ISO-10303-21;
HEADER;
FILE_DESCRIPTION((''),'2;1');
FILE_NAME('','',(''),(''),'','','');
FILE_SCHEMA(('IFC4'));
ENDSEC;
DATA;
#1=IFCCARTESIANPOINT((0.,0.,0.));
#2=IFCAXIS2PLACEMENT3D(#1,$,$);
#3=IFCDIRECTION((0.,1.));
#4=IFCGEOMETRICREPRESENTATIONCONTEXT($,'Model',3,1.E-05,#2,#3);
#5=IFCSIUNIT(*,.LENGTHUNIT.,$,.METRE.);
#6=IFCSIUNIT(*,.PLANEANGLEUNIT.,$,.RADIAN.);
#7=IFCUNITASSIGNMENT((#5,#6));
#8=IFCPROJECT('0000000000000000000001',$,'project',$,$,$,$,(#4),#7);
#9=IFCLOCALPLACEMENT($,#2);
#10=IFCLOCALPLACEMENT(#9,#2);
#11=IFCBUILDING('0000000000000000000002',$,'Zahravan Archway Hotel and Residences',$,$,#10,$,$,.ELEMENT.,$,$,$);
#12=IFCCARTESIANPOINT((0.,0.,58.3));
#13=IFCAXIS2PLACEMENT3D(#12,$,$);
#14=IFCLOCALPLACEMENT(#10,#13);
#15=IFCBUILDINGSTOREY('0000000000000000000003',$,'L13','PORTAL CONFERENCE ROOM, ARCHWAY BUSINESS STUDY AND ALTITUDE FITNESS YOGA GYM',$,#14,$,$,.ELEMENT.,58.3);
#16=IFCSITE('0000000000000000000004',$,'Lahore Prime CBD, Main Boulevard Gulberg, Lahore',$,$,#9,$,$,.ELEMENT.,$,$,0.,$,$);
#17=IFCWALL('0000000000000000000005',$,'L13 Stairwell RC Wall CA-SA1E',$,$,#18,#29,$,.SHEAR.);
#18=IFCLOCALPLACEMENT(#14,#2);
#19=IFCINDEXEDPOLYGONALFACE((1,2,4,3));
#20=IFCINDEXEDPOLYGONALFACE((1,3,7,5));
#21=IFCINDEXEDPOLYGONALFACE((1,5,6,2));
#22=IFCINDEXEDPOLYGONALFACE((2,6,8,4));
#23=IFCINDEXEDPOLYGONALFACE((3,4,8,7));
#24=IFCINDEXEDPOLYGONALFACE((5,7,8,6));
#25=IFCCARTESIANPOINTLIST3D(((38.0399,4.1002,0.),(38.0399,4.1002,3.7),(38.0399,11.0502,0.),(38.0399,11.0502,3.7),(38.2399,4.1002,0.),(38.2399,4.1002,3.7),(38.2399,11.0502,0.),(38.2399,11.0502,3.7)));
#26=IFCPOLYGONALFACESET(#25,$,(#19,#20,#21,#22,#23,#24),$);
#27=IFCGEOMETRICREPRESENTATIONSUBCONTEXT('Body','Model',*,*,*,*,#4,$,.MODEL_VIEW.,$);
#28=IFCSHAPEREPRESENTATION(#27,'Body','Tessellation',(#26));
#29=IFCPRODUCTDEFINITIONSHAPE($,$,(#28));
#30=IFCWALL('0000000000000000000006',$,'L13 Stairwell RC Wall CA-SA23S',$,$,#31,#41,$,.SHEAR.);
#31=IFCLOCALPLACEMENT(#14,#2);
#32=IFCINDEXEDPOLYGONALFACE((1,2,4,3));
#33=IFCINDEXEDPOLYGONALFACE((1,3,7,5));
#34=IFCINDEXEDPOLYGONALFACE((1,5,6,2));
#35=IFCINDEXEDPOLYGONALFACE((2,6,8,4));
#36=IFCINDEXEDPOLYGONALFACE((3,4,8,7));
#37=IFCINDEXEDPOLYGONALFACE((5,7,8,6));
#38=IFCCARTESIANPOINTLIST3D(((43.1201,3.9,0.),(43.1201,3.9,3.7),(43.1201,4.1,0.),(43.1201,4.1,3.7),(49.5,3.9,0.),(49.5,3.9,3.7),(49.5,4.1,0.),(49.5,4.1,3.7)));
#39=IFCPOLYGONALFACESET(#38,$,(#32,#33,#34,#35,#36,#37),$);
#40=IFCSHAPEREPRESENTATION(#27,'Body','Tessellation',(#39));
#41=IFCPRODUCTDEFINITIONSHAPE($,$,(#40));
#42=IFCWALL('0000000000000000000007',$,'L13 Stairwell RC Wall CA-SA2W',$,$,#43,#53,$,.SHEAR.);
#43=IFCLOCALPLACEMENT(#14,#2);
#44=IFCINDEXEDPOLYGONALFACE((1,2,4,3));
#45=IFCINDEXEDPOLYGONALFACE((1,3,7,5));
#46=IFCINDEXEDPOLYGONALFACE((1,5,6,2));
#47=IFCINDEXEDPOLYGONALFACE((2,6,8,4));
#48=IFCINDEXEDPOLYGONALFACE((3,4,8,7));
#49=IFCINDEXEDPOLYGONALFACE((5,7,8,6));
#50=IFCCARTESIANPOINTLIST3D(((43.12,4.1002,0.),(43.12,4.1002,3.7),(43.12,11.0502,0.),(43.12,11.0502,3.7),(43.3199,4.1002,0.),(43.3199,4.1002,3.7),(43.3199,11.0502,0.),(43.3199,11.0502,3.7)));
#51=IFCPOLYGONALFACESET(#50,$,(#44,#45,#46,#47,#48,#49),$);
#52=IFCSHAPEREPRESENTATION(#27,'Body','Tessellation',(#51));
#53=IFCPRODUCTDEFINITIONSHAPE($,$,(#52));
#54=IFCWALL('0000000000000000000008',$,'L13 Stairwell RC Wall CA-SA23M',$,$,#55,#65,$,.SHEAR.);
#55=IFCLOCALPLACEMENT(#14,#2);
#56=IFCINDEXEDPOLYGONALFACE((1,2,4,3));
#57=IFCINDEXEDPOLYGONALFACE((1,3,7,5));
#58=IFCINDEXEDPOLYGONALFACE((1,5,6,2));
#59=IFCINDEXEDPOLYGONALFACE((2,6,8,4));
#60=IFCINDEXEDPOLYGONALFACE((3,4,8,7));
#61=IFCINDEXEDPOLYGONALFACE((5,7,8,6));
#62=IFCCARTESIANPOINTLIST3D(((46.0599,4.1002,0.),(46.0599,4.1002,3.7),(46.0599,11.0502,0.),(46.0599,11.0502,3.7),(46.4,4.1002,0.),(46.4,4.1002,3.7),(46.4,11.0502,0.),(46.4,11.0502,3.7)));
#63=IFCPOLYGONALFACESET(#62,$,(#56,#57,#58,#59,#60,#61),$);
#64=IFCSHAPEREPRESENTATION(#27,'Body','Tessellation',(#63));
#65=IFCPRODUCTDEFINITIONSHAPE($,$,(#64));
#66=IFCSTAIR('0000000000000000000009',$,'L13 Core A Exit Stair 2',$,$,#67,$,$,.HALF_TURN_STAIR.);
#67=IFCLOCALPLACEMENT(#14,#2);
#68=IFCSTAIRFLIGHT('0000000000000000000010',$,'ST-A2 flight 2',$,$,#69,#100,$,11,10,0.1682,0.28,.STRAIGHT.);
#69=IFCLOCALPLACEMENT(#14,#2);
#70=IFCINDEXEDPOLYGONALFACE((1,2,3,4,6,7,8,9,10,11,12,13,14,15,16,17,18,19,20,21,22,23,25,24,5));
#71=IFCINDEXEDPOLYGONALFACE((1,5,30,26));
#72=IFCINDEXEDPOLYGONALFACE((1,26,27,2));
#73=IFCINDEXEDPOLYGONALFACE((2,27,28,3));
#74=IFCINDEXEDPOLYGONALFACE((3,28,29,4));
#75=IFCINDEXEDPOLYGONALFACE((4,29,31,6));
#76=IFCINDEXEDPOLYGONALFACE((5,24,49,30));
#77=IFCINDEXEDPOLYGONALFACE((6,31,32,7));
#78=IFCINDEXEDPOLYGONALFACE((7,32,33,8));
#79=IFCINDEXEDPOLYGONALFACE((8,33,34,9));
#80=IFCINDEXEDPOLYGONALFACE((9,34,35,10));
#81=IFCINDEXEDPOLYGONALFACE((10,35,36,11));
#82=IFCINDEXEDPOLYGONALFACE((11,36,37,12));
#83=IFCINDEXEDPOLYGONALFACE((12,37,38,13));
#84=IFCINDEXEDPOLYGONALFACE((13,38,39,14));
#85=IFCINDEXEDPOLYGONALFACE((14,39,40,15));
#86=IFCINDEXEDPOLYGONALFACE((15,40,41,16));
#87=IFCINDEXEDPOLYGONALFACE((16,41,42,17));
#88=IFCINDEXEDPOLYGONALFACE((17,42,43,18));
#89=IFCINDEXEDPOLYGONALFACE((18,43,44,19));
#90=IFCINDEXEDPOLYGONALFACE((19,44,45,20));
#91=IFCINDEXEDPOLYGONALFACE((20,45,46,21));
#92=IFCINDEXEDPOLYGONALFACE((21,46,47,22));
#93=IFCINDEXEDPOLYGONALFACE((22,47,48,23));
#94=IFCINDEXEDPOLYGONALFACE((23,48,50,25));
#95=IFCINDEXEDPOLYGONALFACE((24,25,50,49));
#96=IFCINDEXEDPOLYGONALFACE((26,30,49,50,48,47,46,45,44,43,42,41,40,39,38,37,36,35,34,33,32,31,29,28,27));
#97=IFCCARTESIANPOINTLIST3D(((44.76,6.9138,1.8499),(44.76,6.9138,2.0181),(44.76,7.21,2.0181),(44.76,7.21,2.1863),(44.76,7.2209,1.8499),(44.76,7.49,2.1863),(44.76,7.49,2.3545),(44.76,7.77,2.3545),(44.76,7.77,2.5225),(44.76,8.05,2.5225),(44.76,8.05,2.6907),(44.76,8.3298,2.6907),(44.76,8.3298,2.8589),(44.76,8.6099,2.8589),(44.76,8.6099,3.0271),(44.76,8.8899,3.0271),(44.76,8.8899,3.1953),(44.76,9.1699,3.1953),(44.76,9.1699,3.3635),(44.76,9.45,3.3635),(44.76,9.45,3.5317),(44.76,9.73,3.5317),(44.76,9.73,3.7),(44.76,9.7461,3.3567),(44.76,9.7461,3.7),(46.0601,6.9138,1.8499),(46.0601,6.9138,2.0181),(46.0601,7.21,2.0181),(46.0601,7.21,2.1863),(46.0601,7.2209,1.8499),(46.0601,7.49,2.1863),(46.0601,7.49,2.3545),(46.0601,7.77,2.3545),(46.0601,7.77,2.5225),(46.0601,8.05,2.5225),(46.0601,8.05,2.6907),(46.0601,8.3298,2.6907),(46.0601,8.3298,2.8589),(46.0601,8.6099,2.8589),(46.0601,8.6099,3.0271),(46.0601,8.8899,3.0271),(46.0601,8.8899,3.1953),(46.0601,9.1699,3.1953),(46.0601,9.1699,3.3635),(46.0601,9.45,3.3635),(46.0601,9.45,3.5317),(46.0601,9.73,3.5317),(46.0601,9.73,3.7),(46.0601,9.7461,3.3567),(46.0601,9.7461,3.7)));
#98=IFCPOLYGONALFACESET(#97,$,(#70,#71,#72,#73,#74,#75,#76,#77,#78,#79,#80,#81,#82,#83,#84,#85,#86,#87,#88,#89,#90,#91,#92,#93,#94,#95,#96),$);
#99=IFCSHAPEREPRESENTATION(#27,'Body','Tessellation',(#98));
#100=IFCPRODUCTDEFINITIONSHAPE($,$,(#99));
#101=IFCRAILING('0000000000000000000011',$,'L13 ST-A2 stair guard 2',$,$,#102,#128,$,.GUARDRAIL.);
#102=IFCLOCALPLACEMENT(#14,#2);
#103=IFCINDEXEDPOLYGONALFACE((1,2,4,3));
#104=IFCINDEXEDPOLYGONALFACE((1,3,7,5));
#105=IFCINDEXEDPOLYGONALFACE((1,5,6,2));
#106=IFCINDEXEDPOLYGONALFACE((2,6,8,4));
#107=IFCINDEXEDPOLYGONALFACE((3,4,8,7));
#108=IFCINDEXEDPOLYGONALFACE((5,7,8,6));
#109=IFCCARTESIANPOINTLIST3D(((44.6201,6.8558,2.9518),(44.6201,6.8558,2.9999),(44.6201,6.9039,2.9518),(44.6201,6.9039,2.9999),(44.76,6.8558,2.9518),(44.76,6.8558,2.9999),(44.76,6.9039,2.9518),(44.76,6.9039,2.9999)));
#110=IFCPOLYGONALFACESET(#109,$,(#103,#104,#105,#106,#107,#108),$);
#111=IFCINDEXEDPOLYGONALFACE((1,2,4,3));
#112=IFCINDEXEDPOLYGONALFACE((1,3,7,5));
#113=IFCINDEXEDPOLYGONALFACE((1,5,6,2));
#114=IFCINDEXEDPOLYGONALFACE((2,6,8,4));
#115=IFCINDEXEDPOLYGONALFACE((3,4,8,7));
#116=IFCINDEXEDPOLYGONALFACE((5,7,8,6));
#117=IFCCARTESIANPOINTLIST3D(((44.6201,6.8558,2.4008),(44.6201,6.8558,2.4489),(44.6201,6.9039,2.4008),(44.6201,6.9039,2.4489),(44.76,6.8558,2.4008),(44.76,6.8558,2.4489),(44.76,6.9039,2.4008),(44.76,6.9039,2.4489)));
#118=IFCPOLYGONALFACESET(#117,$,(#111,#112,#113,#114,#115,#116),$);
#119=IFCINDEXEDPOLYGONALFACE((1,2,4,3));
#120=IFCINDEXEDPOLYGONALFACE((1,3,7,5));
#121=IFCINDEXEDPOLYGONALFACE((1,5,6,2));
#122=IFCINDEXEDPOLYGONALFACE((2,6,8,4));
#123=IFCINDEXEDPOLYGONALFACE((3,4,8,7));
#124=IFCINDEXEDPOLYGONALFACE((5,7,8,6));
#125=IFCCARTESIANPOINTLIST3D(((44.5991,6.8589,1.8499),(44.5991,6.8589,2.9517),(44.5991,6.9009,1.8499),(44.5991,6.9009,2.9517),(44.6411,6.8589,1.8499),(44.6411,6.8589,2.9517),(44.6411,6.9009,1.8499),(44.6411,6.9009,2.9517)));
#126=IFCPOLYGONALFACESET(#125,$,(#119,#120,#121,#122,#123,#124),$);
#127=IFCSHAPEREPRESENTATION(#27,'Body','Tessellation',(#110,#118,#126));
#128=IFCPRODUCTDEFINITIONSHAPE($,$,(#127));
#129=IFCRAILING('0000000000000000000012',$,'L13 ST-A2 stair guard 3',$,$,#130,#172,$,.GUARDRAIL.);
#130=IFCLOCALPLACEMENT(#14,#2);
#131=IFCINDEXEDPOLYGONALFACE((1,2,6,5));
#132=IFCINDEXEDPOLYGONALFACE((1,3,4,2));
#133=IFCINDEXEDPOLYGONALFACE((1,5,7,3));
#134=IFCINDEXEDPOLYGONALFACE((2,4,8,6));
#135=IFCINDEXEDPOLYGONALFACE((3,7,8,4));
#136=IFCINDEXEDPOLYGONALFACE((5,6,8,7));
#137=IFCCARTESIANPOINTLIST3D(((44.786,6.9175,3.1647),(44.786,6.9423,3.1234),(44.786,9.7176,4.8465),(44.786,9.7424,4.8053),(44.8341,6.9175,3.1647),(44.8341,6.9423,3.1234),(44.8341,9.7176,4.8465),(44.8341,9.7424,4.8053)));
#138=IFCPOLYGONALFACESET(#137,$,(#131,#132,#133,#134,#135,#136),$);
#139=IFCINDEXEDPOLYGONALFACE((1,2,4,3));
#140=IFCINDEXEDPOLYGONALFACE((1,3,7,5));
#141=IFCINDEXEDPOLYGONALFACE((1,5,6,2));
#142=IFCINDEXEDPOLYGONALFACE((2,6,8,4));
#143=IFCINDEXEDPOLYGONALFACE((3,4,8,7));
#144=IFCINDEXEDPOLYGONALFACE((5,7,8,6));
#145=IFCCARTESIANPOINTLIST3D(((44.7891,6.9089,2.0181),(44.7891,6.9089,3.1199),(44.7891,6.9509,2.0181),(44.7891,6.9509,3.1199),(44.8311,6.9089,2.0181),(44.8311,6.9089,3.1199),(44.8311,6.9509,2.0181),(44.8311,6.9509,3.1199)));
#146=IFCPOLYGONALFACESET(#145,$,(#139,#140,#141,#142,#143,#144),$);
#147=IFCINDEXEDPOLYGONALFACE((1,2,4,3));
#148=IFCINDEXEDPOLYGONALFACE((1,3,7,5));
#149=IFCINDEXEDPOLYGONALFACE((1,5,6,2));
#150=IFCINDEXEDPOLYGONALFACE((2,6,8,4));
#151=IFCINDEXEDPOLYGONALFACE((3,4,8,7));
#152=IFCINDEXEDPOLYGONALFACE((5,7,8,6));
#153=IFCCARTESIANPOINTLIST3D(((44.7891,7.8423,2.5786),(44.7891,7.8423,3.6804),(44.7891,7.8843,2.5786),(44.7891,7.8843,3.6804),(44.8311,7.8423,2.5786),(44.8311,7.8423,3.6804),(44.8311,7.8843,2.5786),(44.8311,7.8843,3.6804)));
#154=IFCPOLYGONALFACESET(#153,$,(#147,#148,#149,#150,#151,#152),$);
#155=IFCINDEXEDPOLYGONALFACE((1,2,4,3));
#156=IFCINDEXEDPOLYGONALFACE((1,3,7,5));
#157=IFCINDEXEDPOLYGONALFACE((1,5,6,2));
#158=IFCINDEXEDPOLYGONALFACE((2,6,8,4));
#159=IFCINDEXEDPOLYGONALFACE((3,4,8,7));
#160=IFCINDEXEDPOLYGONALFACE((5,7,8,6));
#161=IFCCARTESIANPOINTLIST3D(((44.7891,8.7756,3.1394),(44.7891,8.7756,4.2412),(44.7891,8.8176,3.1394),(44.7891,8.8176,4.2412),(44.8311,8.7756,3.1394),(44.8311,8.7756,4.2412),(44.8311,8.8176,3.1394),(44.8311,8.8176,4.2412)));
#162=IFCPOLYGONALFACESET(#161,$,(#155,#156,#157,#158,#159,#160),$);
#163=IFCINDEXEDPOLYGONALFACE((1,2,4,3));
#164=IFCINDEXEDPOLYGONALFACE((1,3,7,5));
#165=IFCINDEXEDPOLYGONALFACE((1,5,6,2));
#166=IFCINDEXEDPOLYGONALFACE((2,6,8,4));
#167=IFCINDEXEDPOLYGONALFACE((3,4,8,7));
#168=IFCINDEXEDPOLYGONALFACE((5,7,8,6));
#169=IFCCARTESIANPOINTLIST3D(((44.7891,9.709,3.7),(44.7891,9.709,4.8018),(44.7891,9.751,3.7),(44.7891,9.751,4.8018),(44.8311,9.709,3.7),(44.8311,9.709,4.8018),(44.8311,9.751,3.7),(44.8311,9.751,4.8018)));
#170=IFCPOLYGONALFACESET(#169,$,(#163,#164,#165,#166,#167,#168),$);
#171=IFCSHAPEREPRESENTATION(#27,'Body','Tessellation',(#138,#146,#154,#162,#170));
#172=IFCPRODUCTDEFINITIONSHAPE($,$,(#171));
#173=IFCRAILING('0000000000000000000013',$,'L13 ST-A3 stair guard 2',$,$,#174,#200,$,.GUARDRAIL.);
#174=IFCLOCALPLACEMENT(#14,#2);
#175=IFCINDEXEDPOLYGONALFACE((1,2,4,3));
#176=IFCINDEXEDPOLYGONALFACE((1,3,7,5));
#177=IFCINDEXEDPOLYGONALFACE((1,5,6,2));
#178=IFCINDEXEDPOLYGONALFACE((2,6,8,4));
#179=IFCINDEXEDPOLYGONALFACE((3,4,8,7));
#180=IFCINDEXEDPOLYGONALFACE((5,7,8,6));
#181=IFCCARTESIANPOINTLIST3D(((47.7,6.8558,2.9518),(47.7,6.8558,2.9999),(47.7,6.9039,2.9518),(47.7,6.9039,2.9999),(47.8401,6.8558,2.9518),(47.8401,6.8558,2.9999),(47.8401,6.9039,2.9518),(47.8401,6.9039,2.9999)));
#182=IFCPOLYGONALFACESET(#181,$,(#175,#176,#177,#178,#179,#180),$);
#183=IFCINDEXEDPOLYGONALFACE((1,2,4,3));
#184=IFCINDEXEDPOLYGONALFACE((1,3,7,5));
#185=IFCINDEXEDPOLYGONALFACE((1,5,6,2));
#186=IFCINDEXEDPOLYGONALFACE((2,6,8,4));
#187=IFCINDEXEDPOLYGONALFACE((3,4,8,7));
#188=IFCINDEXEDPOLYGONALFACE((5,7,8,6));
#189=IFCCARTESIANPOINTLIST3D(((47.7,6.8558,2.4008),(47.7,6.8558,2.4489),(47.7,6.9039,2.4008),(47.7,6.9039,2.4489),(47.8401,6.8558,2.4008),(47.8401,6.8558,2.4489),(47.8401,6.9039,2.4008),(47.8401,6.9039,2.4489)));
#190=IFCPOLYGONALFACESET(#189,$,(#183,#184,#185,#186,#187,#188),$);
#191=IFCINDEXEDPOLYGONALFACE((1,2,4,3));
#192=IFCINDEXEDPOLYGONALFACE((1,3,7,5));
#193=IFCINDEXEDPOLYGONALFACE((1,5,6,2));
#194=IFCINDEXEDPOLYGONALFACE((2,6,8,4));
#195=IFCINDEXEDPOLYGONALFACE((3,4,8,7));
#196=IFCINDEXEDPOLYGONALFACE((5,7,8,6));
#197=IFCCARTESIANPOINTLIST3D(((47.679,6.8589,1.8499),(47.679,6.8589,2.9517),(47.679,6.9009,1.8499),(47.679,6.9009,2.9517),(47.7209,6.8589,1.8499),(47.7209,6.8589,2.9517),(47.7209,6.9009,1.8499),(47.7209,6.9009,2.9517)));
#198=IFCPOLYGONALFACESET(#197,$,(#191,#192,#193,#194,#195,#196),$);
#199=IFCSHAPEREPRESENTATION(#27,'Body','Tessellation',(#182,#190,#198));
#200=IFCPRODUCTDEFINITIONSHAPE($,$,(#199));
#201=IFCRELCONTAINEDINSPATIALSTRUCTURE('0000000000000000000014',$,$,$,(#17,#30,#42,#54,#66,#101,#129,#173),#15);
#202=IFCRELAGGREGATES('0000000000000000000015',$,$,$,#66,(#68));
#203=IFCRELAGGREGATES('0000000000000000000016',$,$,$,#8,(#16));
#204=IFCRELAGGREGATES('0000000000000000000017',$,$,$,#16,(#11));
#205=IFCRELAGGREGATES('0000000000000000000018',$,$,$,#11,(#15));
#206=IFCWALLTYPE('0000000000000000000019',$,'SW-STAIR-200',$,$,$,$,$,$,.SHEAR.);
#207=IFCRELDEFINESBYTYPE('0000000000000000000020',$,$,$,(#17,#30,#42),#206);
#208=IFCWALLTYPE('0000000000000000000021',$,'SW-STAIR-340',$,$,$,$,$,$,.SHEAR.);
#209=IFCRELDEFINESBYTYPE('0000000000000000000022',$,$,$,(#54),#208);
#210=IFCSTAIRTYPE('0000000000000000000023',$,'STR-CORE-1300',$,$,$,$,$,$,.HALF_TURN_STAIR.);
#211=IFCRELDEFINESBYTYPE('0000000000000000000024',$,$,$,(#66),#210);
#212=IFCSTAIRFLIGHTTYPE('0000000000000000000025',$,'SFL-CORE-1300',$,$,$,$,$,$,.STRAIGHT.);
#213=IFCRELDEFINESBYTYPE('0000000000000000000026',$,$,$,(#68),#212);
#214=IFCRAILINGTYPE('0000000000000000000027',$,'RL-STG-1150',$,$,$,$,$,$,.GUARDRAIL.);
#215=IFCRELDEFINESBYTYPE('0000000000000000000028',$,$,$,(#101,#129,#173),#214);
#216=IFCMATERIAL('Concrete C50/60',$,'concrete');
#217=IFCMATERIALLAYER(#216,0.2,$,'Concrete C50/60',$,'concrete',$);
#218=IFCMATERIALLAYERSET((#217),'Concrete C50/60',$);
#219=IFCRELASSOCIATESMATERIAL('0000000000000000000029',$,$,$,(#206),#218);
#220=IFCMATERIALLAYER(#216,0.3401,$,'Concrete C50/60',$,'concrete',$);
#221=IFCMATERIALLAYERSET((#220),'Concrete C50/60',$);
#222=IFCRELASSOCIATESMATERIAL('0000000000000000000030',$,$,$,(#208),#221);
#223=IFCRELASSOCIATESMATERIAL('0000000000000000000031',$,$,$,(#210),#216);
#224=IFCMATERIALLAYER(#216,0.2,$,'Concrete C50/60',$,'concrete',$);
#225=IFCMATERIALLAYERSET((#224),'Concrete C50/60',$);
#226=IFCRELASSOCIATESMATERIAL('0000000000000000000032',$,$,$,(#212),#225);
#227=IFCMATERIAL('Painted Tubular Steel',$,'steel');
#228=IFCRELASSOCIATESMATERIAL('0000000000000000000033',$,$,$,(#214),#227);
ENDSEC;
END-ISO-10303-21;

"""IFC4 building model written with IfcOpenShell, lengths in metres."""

from ifc_helpers import new_model, si_unit, direction, frame, frame_2d, origin, origin_2d, place, context, subcontext, project, spatial, polyline, rectangle, outline, extrude, source, transform, mapped, material, layer, layer_set, type_object, element, aggregate, save


model = new_model("IFC4")

# Units and contexts
model_context = context("Model", 3, precision=1e-05, world=origin(), true_north=direction((0.0, 1.0)))
body_context = subcontext(model_context, "Body", "Model", "MODEL_VIEW")
ifc_project = project(units=[si_unit("LENGTHUNIT", "METRE"), si_unit("PLANEANGLEUNIT", "RADIAN")], contexts=[model_context])

# Site, building, storey
site_placement = place(None, origin())
site = spatial("IfcSite", under=ifc_project, at=site_placement, Name="Lahore Prime CBD, Main Boulevard Gulberg, Lahore", CompositionType="ELEMENT", RefElevation=0.0)
building_placement = place(site_placement, origin())
building = spatial("IfcBuilding", under=site, at=building_placement, Name="Zahravan Archway Hotel and Residences", CompositionType="ELEMENT")
storey_placement = place(building_placement, frame((0.0, 0.0, 58.3)))
storey = spatial("IfcBuildingStorey", under=building, at=storey_placement, Name="L13", Description="PORTAL CONFERENCE ROOM, ARCHWAY BUSINESS STUDY AND ALTITUDE FITNESS YOGA GYM", CompositionType="ELEMENT", Elevation=58.3)

# Walls
ifc_material_1 = material(Name="Concrete C50/60", Category="concrete")
ifc_layer_1 = layer(ifc_material_1, 0.2, Name="Concrete C50/60", Category="concrete")
ifc_layer_set_1 = layer_set([ifc_layer_1], Name="Concrete C50/60")
wall_type_1 = type_object("IfcWallType", Name="SW-STAIR-200", PredefinedType="SHEAR", material=ifc_layer_set_1)
wall_1_placement = place(storey_placement, frame((38.1399, 4.1001, 0.0), z_axis=(0.0, 0.0, 1.0), x_axis=(0.0, 1.0, 0.0)))
element("IfcWall", 1, at=wall_1_placement, inside=storey, type_object=wall_type_1, Name="L13 Stairwell RC Wall CA-SA1E", PredefinedType="SHEAR", context=body_context, shape_type="SweptSolid", body=[
    extrude(rectangle(XDim=6.95, YDim=0.2, at=frame_2d((3.4751, 0.0))), origin(), (0.0, 0.0, 1.0), 3.7),
])
wall_2_placement = place(storey_placement, frame((43.1201, 4.0, 0.0), z_axis=(0.0, 0.0, 1.0), x_axis=(1.0, 0.0, 0.0)))
element("IfcWall", 2, at=wall_2_placement, inside=storey, type_object=wall_type_1, Name="L13 Stairwell RC Wall CA-SA23S", PredefinedType="SHEAR", context=body_context, shape_type="SweptSolid", body=[
    extrude(rectangle(XDim=6.3799, YDim=0.2, at=frame_2d((3.1899, 0.0))), origin(), (0.0, 0.0, 1.0), 3.7),
])
wall_3_placement = place(storey_placement, frame((43.22, 4.1001, 0.0), z_axis=(0.0, 0.0, 1.0), x_axis=(0.0, 1.0, 0.0)))
element("IfcWall", 3, at=wall_3_placement, inside=storey, type_object=wall_type_1, Name="L13 Stairwell RC Wall CA-SA2W", PredefinedType="SHEAR", context=body_context, shape_type="SweptSolid", body=[
    extrude(rectangle(XDim=6.95, YDim=0.2, at=frame_2d((3.4751, 0.0))), origin(), (0.0, 0.0, 1.0), 3.7),
])
ifc_layer_2 = layer(ifc_material_1, 0.3401, Name="Concrete C50/60", Category="concrete")
ifc_layer_set_2 = layer_set([ifc_layer_2], Name="Concrete C50/60")
wall_type_2 = type_object("IfcWallType", Name="SW-STAIR-340", PredefinedType="SHEAR", material=ifc_layer_set_2)
wall_4_placement = place(storey_placement, frame((46.23, 4.1001, 0.0), z_axis=(0.0, 0.0, 1.0), x_axis=(0.0, 1.0, 0.0)))
element("IfcWall", 4, at=wall_4_placement, inside=storey, type_object=wall_type_2, Name="L13 Stairwell RC Wall CA-SA23M", PredefinedType="SHEAR", context=body_context, shape_type="SweptSolid", body=[
    extrude(rectangle(XDim=6.95, YDim=0.3401, at=frame_2d((3.4751, 0.0))), origin(), (0.0, 0.0, 1.0), 3.7),
])

# Stair, stair flight
stair_type = type_object("IfcStairType", Name="STR-CORE-1300", PredefinedType="HALF_TURN_STAIR", material=ifc_material_1)
stair_placement = place(storey_placement, origin())
stair = element("IfcStair", 5, at=stair_placement, inside=storey, type_object=stair_type, Name="L13 Core A Exit Stair 2", PredefinedType="HALF_TURN_STAIR")
ifc_layer_3 = layer(ifc_material_1, 0.2, Name="Concrete C50/60", Category="concrete")
ifc_layer_set_3 = layer_set([ifc_layer_3], Name="Concrete C50/60")
stair_flight_type = type_object("IfcStairFlightType", Name="SFL-CORE-1300", PredefinedType="STRAIGHT", material=ifc_layer_set_3)
shared_shape_1 = source(origin(), body_context, "Body", "SweptSolid", [
    extrude(outline(polyline([(-0.0161, 0.0), (-0.0161, 0.1682), (0.28, 0.1682), (0.28, 0.3364), (0.5601, 0.3364), (0.5601, 0.5046), (0.8401, 0.5046), (0.8401, 0.6726), (1.1201, 0.6726), (1.1201, 0.8408), (1.3999, 0.8408), (1.3999, 1.009), (1.6799, 1.009), (1.6799, 1.1772), (1.96, 1.1772), (1.96, 1.3455), (2.24, 1.3455), (2.24, 1.5137), (2.52, 1.5137), (2.52, 1.6819), (2.8, 1.6819), (2.8, 1.8501), (2.8162, 1.8501), (2.8162, 1.5068), (0.291, 0.0), (-0.0161, 0.0)])), frame((0.0, 0.6499, 0.0), z_axis=(0.0, -1.0, 0.0), x_axis=(1.0, 0.0, 0.0)), (0.0, 0.0, 1.0), 1.3),
])
stair_flight_placement = place(storey_placement, frame((45.4099, 6.9299, 1.8499), z_axis=(0.0, 0.0, 1.0), x_axis=(0.0, 1.0, 0.0)))
stair_flight = element("IfcStairFlight", 6, at=stair_flight_placement, type_object=stair_flight_type, Name="ST-A2 flight 2", NumberOfRisers=11, NumberOfTreads=10, PredefinedType="STRAIGHT", RiserHeight=0.1682, TreadLength=0.28, context=body_context, shape_type="MappedRepresentation", body=[
    mapped(shared_shape_1, transform((0.0, 0.0, 0.0), scale=1.0)),
])
aggregate(stair, [stair_flight])

# Railings
ifc_material_2 = material(Name="Painted Tubular Steel", Category="steel")
railing_type_1 = type_object("IfcRailingType", Name="RL-STG-1150", PredefinedType="GUARDRAIL", material=ifc_material_2)
railing_1_placement = place(storey_placement, frame((44.6201, 6.8799, 1.8499)))
element("IfcRailing", 7, at=railing_1_placement, inside=storey, type_object=railing_type_1, Name="L13 ST-A2 stair guard 2", PredefinedType="GUARDRAIL", context=body_context, shape_type="SweptSolid", body=[
    extrude(rectangle(XDim=0.0481, YDim=0.0481, at=origin_2d()), frame((0.0, 0.0, 1.126), z_axis=(1.0, 0.0, 0.0), x_axis=(0.0, 1.0, 0.0)), (0.0, 0.0, 1.0), 0.1399),
    extrude(rectangle(XDim=0.0481, YDim=0.0481, at=origin_2d()), frame((0.0, 0.0, 0.575), z_axis=(1.0, 0.0, 0.0), x_axis=(0.0, 1.0, 0.0)), (0.0, 0.0, 1.0), 0.1399),
    extrude(rectangle(XDim=0.042, YDim=0.042, at=origin_2d()), origin(), (0.0, 0.0, 1.0), 1.1018),
])
railing_2_placement = place(storey_placement, frame((44.8101, 6.9299, 2.0181)))
element("IfcRailing", 8, at=railing_2_placement, inside=storey, type_object=railing_type_1, Name="L13 ST-A2 stair guard 3", PredefinedType="GUARDRAIL", context=body_context, shape_type="SweptSolid", body=[
    extrude(rectangle(XDim=0.0481, YDim=0.0481, at=origin_2d()), frame((0.0, 0.0, 1.126), z_axis=(0.0, 0.857242, 0.514913), x_axis=(-1.0, 0.0, 0.0)), (0.0, 0.0, 1.0), 3.2664),
    extrude(rectangle(XDim=0.042, YDim=0.042, at=origin_2d()), origin(), (0.0, 0.0, 1.0), 1.1018),
    extrude(rectangle(XDim=0.042, YDim=0.042, at=origin_2d()), frame((0.0, 0.9333, 0.5605)), (0.0, 0.0, 1.0), 1.1018),
    extrude(rectangle(XDim=0.042, YDim=0.042, at=origin_2d()), frame((0.0, 1.8667, 1.1213)), (0.0, 0.0, 1.0), 1.1018),
    extrude(rectangle(XDim=0.042, YDim=0.042, at=origin_2d()), frame((0.0, 2.8, 1.6819)), (0.0, 0.0, 1.0), 1.1018),
])
railing_3_placement = place(storey_placement, frame((47.7, 6.8799, 1.8499)))
element("IfcRailing", 9, at=railing_3_placement, inside=storey, type_object=railing_type_1, Name="L13 ST-A3 stair guard 2", PredefinedType="GUARDRAIL", context=body_context, shape_type="SweptSolid", body=[
    extrude(rectangle(XDim=0.0481, YDim=0.0481, at=origin_2d()), frame((0.0, 0.0, 1.126), z_axis=(1.0, 0.0, 0.0), x_axis=(0.0, 1.0, 0.0)), (0.0, 0.0, 1.0), 0.1401),
    extrude(rectangle(XDim=0.0481, YDim=0.0481, at=origin_2d()), frame((0.0, 0.0, 0.575), z_axis=(1.0, 0.0, 0.0), x_axis=(0.0, 1.0, 0.0)), (0.0, 0.0, 1.0), 0.1401),
    extrude(rectangle(XDim=0.042, YDim=0.042, at=origin_2d()), origin(), (0.0, 0.0, 1.0), 1.1018),
])

save(model, "model.ifc")
